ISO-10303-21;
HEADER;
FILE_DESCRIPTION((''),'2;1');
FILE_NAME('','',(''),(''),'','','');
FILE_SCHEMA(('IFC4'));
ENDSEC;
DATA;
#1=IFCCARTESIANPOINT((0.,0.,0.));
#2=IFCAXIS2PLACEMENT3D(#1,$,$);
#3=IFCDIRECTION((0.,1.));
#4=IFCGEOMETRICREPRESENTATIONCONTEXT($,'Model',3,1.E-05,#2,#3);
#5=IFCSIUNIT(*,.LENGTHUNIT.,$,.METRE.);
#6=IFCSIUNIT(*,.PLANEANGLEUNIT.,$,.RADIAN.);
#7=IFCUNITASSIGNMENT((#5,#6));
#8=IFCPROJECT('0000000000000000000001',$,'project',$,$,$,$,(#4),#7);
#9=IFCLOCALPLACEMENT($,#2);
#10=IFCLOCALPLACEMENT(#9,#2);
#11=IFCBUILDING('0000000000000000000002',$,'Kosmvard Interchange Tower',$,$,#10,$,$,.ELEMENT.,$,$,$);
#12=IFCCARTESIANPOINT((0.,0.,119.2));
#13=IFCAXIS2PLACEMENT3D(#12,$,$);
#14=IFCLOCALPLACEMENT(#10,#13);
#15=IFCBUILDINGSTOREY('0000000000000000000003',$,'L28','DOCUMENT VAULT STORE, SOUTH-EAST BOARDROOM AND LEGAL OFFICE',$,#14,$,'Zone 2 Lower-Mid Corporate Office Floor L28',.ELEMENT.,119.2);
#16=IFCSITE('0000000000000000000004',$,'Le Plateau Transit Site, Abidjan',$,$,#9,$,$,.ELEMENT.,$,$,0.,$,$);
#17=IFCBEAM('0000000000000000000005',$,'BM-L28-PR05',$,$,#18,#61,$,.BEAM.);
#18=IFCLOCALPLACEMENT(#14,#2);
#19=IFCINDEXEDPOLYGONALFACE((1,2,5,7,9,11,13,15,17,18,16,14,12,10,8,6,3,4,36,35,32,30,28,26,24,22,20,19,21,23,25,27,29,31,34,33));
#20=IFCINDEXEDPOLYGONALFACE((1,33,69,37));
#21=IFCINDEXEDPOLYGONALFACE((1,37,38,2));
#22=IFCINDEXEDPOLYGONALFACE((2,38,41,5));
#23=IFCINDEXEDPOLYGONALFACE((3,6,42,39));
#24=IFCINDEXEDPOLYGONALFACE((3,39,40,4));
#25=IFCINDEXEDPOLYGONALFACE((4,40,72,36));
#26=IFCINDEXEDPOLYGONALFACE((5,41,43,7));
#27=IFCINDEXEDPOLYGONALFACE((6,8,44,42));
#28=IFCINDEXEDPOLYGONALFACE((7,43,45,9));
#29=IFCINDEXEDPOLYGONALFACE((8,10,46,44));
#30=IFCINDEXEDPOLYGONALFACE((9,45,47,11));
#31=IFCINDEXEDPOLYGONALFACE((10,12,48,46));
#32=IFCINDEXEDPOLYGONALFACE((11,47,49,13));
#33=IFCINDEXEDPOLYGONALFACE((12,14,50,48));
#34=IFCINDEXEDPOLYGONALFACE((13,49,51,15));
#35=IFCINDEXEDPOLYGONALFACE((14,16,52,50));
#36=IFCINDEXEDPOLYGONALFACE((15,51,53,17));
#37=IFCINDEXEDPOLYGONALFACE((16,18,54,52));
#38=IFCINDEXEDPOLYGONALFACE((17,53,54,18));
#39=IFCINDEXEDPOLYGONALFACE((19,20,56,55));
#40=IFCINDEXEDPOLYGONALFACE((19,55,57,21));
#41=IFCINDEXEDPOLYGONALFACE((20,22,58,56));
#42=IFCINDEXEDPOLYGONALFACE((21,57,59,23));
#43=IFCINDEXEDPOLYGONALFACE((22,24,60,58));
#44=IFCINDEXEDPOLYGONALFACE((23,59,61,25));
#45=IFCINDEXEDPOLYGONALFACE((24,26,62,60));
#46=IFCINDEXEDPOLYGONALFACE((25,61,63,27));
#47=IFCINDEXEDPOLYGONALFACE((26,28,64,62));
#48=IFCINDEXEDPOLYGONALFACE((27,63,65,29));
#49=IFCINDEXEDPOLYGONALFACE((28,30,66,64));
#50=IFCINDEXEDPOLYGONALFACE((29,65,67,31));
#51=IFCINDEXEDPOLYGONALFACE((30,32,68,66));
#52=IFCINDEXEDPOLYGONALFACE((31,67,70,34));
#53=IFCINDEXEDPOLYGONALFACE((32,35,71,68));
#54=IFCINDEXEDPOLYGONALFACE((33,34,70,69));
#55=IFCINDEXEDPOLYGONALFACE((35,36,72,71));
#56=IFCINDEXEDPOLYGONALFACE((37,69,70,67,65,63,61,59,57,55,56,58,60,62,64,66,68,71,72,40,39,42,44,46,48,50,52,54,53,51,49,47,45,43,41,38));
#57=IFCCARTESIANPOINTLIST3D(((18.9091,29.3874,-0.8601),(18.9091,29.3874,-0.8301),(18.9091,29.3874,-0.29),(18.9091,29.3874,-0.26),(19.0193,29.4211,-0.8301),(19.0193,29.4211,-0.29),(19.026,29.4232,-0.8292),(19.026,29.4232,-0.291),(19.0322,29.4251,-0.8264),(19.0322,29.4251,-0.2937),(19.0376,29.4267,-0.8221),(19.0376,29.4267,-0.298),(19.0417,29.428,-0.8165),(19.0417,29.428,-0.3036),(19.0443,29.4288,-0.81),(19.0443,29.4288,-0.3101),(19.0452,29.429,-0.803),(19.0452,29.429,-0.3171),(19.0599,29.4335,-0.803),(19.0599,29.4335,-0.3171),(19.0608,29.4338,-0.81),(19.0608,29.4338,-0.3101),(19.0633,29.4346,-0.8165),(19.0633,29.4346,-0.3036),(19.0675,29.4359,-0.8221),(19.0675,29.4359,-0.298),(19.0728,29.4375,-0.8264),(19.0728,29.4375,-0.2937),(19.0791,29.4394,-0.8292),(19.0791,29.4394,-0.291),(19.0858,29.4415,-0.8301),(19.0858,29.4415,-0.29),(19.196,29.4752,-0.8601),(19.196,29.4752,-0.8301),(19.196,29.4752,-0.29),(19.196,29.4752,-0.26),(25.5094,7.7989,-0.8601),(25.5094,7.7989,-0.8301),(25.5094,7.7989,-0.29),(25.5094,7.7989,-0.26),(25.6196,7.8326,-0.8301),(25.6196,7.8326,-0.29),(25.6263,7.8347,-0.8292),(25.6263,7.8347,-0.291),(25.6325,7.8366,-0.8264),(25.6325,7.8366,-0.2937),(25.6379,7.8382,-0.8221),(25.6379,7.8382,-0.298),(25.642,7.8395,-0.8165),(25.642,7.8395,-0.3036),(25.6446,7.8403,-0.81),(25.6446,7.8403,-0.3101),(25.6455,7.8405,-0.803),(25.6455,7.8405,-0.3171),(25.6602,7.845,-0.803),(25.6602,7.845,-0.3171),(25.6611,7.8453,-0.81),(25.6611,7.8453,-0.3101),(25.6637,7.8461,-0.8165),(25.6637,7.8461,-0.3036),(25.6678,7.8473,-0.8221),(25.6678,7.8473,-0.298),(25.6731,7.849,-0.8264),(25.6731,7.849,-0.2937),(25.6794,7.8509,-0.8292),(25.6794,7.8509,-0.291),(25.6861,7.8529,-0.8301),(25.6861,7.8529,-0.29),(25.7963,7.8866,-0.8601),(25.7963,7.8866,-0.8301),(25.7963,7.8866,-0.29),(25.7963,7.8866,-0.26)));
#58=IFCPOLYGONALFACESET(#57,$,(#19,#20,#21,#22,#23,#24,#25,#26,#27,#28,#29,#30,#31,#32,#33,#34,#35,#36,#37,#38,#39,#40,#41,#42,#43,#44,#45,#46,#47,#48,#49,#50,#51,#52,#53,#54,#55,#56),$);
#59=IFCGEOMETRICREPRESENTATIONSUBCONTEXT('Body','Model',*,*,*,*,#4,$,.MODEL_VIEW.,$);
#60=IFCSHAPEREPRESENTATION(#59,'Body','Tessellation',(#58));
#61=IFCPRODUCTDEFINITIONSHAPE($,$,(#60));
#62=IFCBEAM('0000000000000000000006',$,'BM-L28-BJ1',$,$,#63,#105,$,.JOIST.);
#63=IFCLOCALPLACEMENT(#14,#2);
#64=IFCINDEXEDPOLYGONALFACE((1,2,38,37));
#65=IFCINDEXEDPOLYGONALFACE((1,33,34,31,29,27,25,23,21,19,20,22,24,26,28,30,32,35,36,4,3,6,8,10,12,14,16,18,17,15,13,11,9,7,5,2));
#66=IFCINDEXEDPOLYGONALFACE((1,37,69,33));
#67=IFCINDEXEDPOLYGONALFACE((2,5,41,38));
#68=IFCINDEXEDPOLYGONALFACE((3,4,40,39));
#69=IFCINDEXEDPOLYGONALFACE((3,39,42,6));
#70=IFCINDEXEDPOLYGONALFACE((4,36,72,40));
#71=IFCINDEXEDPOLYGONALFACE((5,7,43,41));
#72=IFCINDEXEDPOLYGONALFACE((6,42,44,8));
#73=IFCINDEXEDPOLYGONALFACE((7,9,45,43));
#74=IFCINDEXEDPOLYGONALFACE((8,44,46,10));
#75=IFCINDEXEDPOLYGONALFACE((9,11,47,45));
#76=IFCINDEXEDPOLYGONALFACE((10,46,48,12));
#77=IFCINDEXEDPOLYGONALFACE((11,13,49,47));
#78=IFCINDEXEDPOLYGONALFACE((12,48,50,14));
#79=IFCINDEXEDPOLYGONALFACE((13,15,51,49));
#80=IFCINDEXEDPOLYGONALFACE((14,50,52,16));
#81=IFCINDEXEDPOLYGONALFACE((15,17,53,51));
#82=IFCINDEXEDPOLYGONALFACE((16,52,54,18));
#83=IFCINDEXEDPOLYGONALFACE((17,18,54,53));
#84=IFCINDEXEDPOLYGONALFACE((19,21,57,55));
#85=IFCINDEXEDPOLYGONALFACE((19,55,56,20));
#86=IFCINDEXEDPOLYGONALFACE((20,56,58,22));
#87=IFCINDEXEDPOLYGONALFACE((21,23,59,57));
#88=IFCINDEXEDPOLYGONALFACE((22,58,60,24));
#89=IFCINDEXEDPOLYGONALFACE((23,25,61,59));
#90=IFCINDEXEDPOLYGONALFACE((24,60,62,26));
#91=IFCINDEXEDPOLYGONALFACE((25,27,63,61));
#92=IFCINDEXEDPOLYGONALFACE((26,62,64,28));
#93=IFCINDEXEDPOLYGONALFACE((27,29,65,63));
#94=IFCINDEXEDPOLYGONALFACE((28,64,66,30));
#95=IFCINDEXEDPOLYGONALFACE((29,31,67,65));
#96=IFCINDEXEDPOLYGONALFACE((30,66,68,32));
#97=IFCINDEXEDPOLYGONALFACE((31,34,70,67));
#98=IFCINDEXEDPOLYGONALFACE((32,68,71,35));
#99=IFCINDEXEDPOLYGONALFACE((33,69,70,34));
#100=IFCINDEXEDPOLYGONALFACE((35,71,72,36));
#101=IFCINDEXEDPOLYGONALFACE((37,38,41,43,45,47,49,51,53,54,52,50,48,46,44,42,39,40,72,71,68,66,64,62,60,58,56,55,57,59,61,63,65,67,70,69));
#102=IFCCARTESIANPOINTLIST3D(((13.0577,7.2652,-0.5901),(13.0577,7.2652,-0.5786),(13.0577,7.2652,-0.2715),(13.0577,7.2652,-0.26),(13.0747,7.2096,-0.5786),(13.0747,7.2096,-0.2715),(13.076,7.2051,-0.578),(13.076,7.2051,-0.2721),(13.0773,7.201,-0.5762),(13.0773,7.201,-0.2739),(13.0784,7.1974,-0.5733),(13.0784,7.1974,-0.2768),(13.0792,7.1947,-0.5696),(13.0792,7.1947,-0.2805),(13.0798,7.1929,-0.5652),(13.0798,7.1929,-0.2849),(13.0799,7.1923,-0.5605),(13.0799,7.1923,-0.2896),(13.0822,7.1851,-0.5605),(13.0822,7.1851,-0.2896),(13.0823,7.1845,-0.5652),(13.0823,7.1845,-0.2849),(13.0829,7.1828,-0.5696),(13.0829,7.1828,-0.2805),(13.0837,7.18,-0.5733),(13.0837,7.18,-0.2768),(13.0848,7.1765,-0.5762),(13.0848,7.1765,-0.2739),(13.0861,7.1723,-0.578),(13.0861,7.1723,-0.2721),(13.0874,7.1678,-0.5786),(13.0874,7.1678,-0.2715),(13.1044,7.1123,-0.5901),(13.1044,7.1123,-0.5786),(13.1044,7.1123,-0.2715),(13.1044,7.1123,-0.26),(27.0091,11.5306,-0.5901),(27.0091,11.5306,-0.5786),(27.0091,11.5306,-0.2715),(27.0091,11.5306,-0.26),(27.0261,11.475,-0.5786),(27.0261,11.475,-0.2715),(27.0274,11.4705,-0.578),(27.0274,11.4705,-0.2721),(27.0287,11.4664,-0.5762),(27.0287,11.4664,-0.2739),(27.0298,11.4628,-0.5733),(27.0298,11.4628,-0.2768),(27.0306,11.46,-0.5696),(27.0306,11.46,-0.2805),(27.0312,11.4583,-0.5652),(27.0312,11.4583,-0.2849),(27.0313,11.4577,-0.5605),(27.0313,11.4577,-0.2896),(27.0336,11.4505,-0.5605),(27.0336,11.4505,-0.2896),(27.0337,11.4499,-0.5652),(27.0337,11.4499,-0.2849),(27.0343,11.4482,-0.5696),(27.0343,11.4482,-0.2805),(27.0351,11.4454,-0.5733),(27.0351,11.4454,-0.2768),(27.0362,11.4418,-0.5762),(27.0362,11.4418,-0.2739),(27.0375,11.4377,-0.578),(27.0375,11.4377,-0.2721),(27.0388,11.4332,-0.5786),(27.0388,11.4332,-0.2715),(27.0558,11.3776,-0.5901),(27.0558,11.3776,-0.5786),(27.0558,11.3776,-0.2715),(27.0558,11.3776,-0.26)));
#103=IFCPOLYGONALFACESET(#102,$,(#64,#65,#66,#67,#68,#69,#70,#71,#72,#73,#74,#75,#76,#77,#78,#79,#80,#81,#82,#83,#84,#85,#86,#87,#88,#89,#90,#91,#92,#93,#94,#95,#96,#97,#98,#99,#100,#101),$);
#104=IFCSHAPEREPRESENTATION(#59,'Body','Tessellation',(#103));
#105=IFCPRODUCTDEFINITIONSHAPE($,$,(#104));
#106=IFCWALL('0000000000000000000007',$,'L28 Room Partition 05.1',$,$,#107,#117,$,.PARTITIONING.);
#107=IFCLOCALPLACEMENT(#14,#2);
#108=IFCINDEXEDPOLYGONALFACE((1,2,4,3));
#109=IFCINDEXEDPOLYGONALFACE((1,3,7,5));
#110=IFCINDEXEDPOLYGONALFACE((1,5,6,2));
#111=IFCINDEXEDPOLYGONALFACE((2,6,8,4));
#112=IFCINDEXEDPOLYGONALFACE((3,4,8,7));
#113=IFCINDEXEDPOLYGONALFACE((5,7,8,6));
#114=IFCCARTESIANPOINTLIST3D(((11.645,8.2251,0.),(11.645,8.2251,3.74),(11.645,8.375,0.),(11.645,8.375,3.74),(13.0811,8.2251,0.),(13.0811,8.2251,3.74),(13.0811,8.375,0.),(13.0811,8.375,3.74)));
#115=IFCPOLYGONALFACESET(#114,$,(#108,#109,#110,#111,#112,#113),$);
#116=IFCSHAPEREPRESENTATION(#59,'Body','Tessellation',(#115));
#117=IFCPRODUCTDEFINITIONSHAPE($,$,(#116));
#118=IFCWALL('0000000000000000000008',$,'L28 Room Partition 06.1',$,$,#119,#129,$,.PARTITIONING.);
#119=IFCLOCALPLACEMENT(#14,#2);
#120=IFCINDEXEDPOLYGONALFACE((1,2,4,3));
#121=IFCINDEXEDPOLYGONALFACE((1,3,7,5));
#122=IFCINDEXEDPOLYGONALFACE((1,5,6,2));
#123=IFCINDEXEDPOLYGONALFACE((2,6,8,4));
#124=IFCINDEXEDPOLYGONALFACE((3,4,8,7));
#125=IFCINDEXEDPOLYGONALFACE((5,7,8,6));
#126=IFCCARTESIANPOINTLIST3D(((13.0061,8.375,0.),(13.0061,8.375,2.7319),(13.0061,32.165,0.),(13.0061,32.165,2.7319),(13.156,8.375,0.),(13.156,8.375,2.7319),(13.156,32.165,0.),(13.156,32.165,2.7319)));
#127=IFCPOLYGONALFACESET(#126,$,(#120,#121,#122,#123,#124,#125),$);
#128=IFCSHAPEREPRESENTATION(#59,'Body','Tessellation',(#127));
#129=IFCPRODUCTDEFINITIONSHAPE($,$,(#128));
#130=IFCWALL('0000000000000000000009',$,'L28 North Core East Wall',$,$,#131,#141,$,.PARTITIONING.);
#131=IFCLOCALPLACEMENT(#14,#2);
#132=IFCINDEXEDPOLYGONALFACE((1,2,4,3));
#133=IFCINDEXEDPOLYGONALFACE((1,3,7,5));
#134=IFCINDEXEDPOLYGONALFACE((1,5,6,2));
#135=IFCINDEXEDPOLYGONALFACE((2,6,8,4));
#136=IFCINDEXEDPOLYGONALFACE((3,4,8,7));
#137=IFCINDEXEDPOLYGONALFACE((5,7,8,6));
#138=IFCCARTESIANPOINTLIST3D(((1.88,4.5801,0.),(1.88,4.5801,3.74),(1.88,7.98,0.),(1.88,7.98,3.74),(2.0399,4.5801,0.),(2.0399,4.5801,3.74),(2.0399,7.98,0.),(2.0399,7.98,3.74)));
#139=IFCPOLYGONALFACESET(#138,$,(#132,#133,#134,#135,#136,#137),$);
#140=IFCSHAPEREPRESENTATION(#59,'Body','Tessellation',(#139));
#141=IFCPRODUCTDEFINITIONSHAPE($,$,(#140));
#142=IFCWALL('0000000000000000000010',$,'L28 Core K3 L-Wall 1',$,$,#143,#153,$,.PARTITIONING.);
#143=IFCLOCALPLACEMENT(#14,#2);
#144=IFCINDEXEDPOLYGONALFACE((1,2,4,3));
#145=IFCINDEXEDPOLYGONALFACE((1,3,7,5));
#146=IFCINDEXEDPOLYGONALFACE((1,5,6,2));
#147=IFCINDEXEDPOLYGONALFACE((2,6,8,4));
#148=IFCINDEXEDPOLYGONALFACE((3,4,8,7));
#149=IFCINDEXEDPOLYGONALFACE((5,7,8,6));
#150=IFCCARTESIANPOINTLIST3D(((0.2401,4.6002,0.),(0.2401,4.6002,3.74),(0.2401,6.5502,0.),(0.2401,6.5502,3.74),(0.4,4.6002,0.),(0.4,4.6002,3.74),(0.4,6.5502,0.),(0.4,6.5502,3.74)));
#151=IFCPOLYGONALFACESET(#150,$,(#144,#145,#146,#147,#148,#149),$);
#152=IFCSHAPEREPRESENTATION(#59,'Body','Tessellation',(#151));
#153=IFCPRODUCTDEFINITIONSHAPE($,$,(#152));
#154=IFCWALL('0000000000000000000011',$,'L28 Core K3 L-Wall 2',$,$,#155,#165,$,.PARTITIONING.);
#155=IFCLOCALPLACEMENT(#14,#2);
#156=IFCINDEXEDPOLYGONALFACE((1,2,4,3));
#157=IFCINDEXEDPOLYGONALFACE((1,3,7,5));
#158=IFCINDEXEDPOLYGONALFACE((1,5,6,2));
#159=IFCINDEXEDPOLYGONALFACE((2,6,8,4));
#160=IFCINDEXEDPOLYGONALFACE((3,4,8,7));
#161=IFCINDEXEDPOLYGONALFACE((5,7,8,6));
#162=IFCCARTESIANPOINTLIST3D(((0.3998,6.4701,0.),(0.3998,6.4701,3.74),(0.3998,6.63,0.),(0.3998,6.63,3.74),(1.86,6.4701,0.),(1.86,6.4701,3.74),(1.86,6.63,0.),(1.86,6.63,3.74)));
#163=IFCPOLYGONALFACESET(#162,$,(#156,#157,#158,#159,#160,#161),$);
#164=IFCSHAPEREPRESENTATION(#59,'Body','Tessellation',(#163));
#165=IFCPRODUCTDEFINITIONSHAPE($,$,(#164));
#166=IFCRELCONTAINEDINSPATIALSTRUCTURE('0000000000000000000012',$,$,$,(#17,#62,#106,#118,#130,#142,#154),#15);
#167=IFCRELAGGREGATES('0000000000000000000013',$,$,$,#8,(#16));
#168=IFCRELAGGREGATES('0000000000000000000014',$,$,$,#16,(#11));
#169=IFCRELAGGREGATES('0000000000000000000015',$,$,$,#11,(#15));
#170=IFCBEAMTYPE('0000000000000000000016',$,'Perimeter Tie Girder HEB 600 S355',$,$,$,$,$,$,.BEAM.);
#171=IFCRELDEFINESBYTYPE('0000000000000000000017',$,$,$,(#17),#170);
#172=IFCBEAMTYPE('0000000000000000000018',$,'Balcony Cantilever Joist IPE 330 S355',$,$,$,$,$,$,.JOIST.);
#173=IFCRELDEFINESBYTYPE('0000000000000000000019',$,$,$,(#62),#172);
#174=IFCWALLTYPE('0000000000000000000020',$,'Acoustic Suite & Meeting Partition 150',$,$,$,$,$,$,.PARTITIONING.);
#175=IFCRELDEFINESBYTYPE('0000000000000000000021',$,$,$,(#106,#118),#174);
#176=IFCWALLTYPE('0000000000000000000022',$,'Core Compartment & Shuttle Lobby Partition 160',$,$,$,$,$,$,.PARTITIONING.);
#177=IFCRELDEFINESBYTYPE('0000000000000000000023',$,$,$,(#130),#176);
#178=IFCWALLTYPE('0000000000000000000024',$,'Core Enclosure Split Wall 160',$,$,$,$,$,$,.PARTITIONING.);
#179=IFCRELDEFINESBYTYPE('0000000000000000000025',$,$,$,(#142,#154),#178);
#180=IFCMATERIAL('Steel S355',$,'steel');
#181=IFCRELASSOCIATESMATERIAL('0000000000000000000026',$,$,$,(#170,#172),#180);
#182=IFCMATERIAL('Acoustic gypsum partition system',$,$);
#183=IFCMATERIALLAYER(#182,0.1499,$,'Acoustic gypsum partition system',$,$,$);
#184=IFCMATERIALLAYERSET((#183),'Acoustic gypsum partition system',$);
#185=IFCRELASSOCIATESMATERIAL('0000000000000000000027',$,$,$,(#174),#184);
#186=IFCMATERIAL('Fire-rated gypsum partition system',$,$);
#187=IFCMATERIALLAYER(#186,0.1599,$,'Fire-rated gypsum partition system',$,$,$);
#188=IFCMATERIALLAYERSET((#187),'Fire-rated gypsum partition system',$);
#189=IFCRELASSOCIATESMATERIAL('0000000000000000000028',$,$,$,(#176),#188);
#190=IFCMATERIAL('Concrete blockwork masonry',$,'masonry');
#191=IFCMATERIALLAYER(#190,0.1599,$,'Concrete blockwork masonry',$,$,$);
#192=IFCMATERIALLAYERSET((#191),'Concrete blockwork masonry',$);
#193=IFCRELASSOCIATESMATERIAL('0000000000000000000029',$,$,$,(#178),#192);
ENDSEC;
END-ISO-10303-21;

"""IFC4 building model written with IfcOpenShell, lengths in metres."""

from ifc_helpers import new_model, si_unit, direction, frame, frame_2d, origin, origin_2d, place, context, subcontext, project, spatial, rectangle, i_section, extrude, source, transform, mapped, material, layer, layer_set, material_profile, profile_set, type_object, element, save


model = new_model("IFC4")

# Units and contexts
model_context = context("Model", 3, precision=1e-05, world=origin(), true_north=direction((0.0, 1.0)))
body_context = subcontext(model_context, "Body", "Model", "MODEL_VIEW")
ifc_project = project(units=[si_unit("LENGTHUNIT", "METRE"), si_unit("PLANEANGLEUNIT", "RADIAN")], contexts=[model_context])

# Site, building, storey
site_placement = place(None, origin())
site = spatial("IfcSite", under=ifc_project, at=site_placement, Name="Le Plateau Transit Site, Abidjan", CompositionType="ELEMENT", RefElevation=0.0)
building_placement = place(site_placement, origin())
building = spatial("IfcBuilding", under=site, at=building_placement, Name="Kosmvard Interchange Tower", CompositionType="ELEMENT")
storey_placement = place(building_placement, frame((0.0, 0.0, 119.2)))
storey = spatial("IfcBuildingStorey", under=building, at=storey_placement, Name="L28", Description="DOCUMENT VAULT STORE, SOUTH-EAST BOARDROOM AND LEGAL OFFICE", LongName="Zone 2 Lower-Mid Corporate Office Floor L28", CompositionType="ELEMENT", Elevation=119.2)

# Beams
ifc_material_1 = material(Name="Steel S355", Category="steel")
ifc_material_profile_1 = material_profile(ifc_material_1, i_section(OverallWidth=0.3, OverallDepth=0.6001, WebThickness=0.0154, FlangeThickness=0.03, FilletRadius=0.0271, at=origin_2d()), Name="HEB 600")
ifc_profile_set_1 = profile_set([ifc_material_profile_1], Name="Steel S355")
beam_type_1 = type_object("IfcBeamType", Name="Perimeter Tie Girder HEB 600 S355", PredefinedType="BEAM", material=ifc_profile_set_1)
shared_shape_1 = source(origin(), body_context, "Body", "SweptSolid", [
    extrude(i_section(OverallWidth=0.3, OverallDepth=0.6001, WebThickness=0.0154, FlangeThickness=0.03, FilletRadius=0.0271, at=origin_2d()), origin(), (0.0, 0.0, 1.0), 22.575),
])
beam_1_placement = place(storey_placement, frame((25.6528, 7.8428, -0.5601), z_axis=(-0.292373, 0.956304, 0.0), x_axis=(-0.956304, -0.292373, 0.0)))
element("IfcBeam", 1, at=beam_1_placement, inside=storey, type_object=beam_type_1, Name="BM-L28-PR05", PredefinedType="BEAM", context=body_context, shape_type="MappedRepresentation", body=[
    mapped(shared_shape_1, transform((0.0, 0.0, 0.0), scale=1.0)),
])
ifc_material_profile_2 = material_profile(ifc_material_1, i_section(OverallWidth=0.1599, OverallDepth=0.3301, WebThickness=0.0076, FlangeThickness=0.0115, FilletRadius=0.0181, at=origin_2d()), Name="IPE 330")
ifc_profile_set_2 = profile_set([ifc_material_profile_2], Name="Steel S355")
beam_type_2 = type_object("IfcBeamType", Name="Balcony Cantilever Joist IPE 330 S355", PredefinedType="JOIST", material=ifc_profile_set_2)
shared_shape_2 = source(origin(), body_context, "Body", "SweptSolid", [
    extrude(i_section(OverallWidth=0.1599, OverallDepth=0.3301, WebThickness=0.0076, FlangeThickness=0.0115, FilletRadius=0.0181, at=origin_2d()), origin(), (0.0, 0.0, 1.0), 14.5889),
])
beam_2_placement = place(storey_placement, frame((13.0811, 7.1887, -0.425), z_axis=(0.956305, 0.292372, 0.0), x_axis=(-0.292372, 0.956305, 0.0)))
element("IfcBeam", 2, at=beam_2_placement, inside=storey, type_object=beam_type_2, Name="BM-L28-BJ1", PredefinedType="JOIST", context=body_context, shape_type="MappedRepresentation", body=[
    mapped(shared_shape_2, transform((0.0, 0.0, 0.0), scale=1.0)),
])

# Walls
ifc_material_2 = material(Name="Acoustic gypsum partition system")
ifc_layer_1 = layer(ifc_material_2, 0.1499, Name="Acoustic gypsum partition system")
ifc_layer_set_1 = layer_set([ifc_layer_1], Name="Acoustic gypsum partition system")
wall_type_1 = type_object("IfcWallType", Name="Acoustic Suite & Meeting Partition 150", PredefinedType="PARTITIONING", material=ifc_layer_set_1)
wall_1_placement = place(storey_placement, frame((11.645, 8.3, 0.0), z_axis=(0.0, 0.0, 1.0), x_axis=(1.0, 0.0, 0.0)))
element("IfcWall", 3, at=wall_1_placement, inside=storey, type_object=wall_type_1, Name="L28 Room Partition 05.1", PredefinedType="PARTITIONING", context=body_context, shape_type="SweptSolid", body=[
    extrude(rectangle(XDim=1.436, YDim=0.1499, at=frame_2d((0.718, 0.0))), origin(), (0.0, 0.0, 1.0), 3.74),
])
wall_2_placement = place(storey_placement, frame((13.0811, 8.375, 0.0), z_axis=(0.0, 0.0, 1.0), x_axis=(0.0, 1.0, 0.0)))
element("IfcWall", 4, at=wall_2_placement, inside=storey, type_object=wall_type_1, Name="L28 Room Partition 06.1", PredefinedType="PARTITIONING", context=body_context, shape_type="SweptSolid", body=[
    extrude(rectangle(XDim=23.79, YDim=0.1499, at=frame_2d((11.895, 0.0))), origin(), (0.0, 0.0, 1.0), 2.7319),
])
ifc_material_3 = material(Name="Fire-rated gypsum partition system")
ifc_layer_2 = layer(ifc_material_3, 0.1599, Name="Fire-rated gypsum partition system")
ifc_layer_set_2 = layer_set([ifc_layer_2], Name="Fire-rated gypsum partition system")
wall_type_2 = type_object("IfcWallType", Name="Core Compartment & Shuttle Lobby Partition 160", PredefinedType="PARTITIONING", material=ifc_layer_set_2)
wall_3_placement = place(storey_placement, frame((1.96, 4.5801, 0.0), z_axis=(0.0, 0.0, 1.0), x_axis=(0.0, 1.0, 0.0)))
element("IfcWall", 5, at=wall_3_placement, inside=storey, type_object=wall_type_2, Name="L28 North Core East Wall", PredefinedType="PARTITIONING", context=body_context, shape_type="SweptSolid", body=[
    extrude(rectangle(XDim=3.3999, YDim=0.1599, at=frame_2d((1.7, 0.0))), origin(), (0.0, 0.0, 1.0), 3.74),
])
ifc_material_4 = material(Name="Concrete blockwork masonry", Category="masonry")
ifc_layer_3 = layer(ifc_material_4, 0.1599, Name="Concrete blockwork masonry")
ifc_layer_set_3 = layer_set([ifc_layer_3], Name="Concrete blockwork masonry")
wall_type_3 = type_object("IfcWallType", Name="Core Enclosure Split Wall 160", PredefinedType="PARTITIONING", material=ifc_layer_set_3)
wall_4_placement = place(storey_placement, frame((0.3201, 4.6001, 0.0), z_axis=(0.0, 0.0, 1.0), x_axis=(0.0, 1.0, 0.0)))
element("IfcWall", 6, at=wall_4_placement, inside=storey, type_object=wall_type_3, Name="L28 Core K3 L-Wall 1", PredefinedType="PARTITIONING", context=body_context, shape_type="SweptSolid", body=[
    extrude(rectangle(XDim=1.95, YDim=0.1599, at=frame_2d((0.9751, 0.0))), origin(), (0.0, 0.0, 1.0), 3.74),
])
wall_5_placement = place(storey_placement, frame((0.3999, 6.55, 0.0), z_axis=(0.0, 0.0, 1.0), x_axis=(1.0, 0.0, 0.0)))
element("IfcWall", 7, at=wall_5_placement, inside=storey, type_object=wall_type_3, Name="L28 Core K3 L-Wall 2", PredefinedType="PARTITIONING", context=body_context, shape_type="SweptSolid", body=[
    extrude(rectangle(XDim=1.4602, YDim=0.1599, at=frame_2d((0.73, 0.0))), origin(), (0.0, 0.0, 1.0), 3.74),
])

save(model, "model.ifc")
